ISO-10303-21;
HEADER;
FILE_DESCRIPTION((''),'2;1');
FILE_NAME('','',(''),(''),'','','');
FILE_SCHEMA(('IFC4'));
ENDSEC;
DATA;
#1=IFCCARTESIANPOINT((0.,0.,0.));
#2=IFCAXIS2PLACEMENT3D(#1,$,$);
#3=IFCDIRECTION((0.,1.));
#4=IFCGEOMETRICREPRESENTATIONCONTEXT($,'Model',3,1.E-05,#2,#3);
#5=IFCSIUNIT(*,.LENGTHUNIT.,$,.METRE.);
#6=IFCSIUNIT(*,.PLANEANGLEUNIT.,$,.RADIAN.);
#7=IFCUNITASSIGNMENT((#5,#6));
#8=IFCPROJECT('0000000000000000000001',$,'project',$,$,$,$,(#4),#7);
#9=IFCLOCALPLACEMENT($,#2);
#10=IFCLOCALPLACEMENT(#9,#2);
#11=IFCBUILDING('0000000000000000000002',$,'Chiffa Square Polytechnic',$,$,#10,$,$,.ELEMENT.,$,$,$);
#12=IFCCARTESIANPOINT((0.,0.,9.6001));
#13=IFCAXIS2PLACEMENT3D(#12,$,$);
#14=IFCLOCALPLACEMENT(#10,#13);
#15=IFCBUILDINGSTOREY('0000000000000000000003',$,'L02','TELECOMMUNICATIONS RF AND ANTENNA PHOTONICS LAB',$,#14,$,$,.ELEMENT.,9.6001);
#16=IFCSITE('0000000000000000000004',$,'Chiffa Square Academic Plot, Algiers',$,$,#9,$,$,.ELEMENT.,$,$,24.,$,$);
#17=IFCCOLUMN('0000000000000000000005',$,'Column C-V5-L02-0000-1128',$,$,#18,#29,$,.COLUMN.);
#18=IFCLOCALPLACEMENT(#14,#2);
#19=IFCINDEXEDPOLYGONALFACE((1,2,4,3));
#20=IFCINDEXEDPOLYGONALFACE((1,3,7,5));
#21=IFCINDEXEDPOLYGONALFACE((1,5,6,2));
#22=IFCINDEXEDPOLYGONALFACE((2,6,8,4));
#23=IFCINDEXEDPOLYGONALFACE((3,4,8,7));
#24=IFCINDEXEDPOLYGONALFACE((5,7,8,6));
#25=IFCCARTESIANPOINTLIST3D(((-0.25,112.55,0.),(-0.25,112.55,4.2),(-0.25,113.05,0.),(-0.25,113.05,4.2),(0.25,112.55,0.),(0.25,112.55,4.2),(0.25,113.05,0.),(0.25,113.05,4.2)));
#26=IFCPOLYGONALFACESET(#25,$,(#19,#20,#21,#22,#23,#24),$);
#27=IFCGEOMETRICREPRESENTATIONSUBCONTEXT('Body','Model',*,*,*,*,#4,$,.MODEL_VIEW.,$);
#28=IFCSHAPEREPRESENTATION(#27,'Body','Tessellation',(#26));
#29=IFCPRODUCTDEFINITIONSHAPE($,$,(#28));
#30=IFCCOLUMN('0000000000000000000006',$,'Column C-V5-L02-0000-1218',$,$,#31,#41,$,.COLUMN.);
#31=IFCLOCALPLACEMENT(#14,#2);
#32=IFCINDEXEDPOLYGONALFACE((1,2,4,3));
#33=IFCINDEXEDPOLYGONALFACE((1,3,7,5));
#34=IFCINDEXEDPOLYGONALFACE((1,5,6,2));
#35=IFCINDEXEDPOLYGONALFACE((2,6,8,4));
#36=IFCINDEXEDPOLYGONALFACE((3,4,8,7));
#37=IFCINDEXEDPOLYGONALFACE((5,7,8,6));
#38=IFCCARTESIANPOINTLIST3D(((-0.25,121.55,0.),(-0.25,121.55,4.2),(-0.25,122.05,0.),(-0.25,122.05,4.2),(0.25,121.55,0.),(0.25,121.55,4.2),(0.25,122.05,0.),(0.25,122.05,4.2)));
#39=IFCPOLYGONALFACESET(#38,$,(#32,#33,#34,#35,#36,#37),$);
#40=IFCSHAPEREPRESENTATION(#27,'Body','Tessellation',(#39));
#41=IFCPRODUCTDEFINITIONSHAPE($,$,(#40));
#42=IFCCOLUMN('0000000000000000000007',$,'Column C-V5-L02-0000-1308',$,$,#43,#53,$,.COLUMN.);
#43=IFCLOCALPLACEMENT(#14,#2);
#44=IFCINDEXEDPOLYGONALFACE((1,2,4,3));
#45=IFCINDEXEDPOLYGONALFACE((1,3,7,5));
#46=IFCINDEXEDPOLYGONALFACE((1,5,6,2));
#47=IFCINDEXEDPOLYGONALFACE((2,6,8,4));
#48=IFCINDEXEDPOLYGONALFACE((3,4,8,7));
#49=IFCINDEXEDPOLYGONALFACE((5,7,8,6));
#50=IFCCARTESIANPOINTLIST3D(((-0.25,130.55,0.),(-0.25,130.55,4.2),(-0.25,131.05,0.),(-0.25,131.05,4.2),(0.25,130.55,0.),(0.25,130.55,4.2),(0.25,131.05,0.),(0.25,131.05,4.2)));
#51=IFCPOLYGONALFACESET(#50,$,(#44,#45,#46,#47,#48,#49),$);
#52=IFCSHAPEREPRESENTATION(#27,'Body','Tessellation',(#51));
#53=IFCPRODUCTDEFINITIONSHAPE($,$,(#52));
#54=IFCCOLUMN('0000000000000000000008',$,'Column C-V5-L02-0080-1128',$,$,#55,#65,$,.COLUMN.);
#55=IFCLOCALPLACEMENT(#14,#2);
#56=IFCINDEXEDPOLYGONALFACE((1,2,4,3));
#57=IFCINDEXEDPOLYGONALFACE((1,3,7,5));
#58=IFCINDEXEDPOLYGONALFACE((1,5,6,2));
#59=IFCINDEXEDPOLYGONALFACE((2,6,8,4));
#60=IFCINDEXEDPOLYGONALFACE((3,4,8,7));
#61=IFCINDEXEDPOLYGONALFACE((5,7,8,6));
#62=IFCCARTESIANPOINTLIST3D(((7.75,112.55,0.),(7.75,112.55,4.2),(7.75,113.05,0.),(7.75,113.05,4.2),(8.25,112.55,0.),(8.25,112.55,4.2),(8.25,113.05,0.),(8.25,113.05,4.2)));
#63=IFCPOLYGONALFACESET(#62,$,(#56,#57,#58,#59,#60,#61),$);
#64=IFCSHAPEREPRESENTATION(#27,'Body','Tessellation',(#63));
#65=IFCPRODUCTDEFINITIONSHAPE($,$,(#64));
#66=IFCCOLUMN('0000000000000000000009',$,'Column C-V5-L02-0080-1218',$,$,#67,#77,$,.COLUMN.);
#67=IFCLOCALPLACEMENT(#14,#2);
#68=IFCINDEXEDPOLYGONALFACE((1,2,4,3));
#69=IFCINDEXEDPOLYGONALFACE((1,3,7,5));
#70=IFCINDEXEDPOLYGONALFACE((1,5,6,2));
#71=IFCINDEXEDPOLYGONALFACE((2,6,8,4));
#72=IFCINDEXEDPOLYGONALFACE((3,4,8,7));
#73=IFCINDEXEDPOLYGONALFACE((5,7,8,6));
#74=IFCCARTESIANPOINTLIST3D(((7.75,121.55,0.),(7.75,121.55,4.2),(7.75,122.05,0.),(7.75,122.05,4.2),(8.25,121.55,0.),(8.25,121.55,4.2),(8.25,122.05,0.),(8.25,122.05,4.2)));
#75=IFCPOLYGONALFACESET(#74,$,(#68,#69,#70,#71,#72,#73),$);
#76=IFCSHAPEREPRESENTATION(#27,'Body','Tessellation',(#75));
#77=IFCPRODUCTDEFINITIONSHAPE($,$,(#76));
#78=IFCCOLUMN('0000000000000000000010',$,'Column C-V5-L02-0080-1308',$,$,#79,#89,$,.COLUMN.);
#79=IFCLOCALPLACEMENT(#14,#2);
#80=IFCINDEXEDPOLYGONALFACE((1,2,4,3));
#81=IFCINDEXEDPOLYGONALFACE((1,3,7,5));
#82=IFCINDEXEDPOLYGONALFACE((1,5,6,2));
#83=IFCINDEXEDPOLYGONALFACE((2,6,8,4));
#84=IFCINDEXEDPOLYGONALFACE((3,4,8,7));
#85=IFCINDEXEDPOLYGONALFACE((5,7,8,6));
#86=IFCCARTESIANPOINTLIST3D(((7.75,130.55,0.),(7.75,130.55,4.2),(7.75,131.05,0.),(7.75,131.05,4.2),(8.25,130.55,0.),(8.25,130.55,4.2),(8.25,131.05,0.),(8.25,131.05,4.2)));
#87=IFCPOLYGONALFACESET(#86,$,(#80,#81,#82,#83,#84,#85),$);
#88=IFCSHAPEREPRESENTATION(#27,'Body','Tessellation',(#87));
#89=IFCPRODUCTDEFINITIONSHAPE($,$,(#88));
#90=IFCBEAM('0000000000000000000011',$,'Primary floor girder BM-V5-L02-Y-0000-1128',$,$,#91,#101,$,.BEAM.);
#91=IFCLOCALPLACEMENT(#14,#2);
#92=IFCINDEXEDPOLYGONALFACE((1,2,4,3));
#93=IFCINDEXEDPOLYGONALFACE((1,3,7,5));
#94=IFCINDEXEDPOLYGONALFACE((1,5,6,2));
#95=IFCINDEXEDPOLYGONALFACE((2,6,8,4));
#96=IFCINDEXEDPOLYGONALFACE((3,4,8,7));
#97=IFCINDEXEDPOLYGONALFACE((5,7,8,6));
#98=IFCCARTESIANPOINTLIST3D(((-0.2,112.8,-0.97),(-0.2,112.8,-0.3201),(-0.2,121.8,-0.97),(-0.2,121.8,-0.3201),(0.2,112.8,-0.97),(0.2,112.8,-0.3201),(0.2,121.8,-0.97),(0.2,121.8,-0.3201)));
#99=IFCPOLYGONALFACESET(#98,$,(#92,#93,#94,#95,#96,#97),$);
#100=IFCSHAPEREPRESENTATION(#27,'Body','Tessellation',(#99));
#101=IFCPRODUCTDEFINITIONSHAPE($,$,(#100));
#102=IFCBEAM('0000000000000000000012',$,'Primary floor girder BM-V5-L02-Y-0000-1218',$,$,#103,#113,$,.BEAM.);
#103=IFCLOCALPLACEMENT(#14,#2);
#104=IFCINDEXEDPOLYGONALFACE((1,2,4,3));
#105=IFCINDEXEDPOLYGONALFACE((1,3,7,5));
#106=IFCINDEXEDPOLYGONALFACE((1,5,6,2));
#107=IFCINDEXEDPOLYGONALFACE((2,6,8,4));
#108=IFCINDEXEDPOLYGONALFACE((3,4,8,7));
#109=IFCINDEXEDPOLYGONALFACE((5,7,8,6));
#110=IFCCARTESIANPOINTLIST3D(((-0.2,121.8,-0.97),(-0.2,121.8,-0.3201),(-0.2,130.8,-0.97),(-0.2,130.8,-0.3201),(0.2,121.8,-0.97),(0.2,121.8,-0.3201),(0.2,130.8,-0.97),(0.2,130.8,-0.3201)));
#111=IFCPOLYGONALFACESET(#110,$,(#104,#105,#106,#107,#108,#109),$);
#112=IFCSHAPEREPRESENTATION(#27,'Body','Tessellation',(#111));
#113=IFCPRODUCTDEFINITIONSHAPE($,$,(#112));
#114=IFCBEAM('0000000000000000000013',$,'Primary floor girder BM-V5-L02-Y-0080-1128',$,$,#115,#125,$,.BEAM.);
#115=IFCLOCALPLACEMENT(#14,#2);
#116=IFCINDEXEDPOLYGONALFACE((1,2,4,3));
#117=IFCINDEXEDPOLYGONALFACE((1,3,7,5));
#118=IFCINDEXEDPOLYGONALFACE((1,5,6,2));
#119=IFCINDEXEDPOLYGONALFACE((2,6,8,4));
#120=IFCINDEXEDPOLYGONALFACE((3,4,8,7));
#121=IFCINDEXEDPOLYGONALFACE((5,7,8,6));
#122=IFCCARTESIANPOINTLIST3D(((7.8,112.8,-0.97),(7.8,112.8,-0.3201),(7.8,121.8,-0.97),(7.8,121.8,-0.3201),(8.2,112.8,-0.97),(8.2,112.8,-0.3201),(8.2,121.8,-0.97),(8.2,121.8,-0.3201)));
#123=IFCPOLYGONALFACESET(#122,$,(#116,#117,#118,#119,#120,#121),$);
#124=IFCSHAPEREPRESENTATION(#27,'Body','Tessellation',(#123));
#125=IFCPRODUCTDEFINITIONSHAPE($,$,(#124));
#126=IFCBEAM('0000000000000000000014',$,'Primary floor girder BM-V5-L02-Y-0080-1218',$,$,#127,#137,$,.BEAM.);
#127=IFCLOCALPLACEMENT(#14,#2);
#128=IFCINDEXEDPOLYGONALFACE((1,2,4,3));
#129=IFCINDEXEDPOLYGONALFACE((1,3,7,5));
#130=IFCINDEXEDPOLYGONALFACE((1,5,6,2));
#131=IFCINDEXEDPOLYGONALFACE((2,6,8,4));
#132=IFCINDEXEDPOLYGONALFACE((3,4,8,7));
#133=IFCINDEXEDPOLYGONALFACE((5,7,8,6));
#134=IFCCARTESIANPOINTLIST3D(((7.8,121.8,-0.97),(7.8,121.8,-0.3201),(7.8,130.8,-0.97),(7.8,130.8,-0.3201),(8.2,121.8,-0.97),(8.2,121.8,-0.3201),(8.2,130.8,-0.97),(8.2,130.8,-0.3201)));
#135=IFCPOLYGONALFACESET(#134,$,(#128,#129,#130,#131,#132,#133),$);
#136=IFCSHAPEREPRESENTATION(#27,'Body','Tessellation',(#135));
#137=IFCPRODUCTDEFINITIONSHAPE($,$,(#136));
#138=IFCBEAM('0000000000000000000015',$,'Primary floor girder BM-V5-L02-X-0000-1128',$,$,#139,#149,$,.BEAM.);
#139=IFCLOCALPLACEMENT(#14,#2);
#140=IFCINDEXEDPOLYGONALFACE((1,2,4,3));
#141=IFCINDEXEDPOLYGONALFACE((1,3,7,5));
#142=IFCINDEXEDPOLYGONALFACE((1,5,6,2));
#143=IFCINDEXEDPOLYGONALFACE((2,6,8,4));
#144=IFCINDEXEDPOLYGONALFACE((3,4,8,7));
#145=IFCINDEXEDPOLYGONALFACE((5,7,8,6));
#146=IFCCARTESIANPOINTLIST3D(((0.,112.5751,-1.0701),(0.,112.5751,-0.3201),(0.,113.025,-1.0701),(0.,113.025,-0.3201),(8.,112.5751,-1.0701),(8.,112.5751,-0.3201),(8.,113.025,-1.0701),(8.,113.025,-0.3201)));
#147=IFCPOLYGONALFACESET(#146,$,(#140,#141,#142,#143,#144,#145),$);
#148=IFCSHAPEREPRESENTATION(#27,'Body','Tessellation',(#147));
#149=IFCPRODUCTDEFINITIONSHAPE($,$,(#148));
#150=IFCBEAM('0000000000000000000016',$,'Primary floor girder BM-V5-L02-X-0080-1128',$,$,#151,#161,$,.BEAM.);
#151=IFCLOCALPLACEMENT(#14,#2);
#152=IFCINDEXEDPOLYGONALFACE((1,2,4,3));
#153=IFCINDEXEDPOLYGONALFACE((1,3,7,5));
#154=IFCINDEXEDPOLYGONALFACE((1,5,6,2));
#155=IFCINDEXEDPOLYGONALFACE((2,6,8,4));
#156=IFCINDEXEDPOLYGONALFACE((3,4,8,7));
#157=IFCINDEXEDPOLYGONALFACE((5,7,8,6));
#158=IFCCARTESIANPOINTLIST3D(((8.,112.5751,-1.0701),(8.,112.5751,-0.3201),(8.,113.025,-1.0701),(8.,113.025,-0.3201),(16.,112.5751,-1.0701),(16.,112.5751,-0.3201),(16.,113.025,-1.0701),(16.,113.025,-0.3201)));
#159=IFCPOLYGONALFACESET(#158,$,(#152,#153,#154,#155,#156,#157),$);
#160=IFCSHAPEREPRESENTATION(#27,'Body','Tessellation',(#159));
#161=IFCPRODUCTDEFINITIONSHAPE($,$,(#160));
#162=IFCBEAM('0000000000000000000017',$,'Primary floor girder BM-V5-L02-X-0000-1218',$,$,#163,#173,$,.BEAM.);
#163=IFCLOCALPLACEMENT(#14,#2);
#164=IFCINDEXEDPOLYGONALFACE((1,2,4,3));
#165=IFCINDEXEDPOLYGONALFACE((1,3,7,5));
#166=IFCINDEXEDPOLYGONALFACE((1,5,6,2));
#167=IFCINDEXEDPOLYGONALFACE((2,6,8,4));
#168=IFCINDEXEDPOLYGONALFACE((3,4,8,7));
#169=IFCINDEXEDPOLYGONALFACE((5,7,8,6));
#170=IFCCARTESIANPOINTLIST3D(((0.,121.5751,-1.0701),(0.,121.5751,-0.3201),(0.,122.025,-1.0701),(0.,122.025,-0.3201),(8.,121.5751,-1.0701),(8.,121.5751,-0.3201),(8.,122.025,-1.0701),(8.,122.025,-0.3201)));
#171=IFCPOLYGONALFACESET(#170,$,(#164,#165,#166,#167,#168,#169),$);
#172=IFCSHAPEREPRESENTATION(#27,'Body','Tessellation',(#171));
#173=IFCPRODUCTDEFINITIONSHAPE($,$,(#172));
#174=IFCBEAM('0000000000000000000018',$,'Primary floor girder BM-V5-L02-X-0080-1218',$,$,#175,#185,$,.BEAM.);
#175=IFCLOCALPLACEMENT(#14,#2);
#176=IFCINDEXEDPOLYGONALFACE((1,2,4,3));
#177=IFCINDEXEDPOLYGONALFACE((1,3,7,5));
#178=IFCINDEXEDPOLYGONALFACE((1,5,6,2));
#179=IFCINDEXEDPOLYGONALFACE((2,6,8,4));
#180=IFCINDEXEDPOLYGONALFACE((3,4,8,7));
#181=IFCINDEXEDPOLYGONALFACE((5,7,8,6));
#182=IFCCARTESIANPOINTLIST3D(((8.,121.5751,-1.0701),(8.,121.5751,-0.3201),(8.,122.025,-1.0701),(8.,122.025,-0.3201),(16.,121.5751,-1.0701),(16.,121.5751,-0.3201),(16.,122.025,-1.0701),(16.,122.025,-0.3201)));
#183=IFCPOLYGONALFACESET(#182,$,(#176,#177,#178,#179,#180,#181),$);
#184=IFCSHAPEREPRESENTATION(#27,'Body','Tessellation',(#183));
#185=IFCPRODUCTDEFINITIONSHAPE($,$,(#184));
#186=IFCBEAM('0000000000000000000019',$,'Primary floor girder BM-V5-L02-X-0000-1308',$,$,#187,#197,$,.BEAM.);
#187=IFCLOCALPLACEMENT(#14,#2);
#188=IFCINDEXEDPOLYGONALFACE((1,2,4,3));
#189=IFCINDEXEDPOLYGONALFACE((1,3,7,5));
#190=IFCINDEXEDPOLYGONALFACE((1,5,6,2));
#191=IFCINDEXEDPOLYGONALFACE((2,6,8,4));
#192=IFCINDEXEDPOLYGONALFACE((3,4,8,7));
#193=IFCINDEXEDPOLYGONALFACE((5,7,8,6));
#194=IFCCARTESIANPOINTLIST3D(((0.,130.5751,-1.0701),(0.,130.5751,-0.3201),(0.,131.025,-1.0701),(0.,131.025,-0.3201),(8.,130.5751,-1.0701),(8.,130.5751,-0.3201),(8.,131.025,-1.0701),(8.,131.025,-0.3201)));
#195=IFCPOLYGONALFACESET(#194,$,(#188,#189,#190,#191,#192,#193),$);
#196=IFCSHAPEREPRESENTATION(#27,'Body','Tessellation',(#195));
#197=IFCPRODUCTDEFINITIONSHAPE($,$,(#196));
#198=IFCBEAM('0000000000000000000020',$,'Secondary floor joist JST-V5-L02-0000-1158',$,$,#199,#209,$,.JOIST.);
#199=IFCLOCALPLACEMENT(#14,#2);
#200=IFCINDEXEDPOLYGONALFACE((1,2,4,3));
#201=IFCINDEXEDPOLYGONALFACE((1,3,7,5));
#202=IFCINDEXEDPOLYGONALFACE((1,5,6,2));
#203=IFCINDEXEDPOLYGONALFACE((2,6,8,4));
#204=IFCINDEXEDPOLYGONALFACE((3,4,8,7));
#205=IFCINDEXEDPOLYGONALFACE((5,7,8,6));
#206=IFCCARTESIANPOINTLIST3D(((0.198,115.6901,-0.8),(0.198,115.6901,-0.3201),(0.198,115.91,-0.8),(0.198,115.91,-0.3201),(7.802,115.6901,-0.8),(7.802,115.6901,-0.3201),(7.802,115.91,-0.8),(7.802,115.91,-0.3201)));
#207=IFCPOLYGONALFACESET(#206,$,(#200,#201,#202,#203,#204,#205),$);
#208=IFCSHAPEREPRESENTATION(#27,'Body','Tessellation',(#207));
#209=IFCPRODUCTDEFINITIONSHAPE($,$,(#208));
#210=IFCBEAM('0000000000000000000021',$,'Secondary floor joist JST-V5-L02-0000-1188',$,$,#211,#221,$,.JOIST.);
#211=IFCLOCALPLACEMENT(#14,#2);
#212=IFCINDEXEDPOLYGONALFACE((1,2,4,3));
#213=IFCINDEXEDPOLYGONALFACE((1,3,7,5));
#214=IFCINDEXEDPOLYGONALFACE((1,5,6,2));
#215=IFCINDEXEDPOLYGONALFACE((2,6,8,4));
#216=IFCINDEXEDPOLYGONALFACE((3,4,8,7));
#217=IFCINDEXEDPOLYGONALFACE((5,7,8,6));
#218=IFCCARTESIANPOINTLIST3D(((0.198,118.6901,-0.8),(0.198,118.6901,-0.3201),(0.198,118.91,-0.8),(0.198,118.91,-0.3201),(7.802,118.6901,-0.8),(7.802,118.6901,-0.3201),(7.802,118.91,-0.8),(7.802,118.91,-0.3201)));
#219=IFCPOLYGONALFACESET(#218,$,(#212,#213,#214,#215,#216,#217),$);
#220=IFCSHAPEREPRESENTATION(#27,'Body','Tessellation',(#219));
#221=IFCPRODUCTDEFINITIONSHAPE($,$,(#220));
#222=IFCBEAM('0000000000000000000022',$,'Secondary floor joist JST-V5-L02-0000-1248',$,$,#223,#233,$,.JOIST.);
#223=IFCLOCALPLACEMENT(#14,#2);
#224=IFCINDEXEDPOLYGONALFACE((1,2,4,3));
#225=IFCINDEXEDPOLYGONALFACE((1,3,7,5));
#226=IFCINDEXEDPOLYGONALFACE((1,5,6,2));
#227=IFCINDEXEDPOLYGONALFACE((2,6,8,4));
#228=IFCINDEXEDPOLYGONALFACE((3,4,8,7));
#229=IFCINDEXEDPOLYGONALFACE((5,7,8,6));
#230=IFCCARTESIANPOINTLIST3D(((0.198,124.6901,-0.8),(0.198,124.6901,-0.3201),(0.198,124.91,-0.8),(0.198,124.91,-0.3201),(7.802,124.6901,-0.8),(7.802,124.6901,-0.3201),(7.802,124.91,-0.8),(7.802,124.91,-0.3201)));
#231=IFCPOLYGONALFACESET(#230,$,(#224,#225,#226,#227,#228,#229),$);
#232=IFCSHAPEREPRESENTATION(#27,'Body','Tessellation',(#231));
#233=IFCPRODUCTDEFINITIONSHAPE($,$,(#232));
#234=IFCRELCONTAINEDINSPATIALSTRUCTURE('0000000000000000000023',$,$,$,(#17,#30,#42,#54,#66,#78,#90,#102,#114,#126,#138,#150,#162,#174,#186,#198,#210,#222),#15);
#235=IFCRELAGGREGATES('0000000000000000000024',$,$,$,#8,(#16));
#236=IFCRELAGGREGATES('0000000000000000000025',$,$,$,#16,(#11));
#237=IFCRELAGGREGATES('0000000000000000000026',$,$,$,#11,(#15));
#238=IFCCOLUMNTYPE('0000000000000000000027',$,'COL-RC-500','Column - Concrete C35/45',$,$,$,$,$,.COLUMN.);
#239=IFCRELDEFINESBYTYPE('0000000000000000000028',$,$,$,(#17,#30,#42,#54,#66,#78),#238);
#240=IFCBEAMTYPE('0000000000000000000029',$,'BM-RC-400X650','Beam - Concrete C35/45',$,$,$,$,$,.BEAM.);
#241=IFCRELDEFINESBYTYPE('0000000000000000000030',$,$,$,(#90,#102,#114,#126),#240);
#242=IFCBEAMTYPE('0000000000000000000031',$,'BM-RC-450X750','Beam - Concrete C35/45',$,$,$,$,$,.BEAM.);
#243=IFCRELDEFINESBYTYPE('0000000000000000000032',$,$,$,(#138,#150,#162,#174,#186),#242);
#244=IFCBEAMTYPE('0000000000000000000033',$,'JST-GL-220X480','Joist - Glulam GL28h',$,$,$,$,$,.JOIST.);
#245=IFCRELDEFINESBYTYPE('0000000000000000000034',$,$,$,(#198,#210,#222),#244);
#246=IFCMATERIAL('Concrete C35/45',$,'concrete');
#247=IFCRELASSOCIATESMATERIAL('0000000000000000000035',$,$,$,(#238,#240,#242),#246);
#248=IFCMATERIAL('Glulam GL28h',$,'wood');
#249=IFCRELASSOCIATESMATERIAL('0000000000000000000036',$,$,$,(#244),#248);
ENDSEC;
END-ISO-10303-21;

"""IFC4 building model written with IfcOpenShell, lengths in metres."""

from ifc_helpers import new_model, si_unit, direction, frame, origin, origin_2d, place, context, subcontext, project, spatial, rectangle, extrude, material, material_profile, profile_set, type_object, element, save


model = new_model("IFC4")

# Units and contexts
model_context = context("Model", 3, precision=1e-05, world=origin(), true_north=direction((0.0, 1.0)))
body_context = subcontext(model_context, "Body", "Model", "MODEL_VIEW")
ifc_project = project(units=[si_unit("LENGTHUNIT", "METRE"), si_unit("PLANEANGLEUNIT", "RADIAN")], contexts=[model_context])

# Site, building, storey
site_placement = place(None, origin())
site = spatial("IfcSite", under=ifc_project, at=site_placement, Name="Chiffa Square Academic Plot, Algiers", CompositionType="ELEMENT", RefElevation=24.0)
building_placement = place(site_placement, origin())
building = spatial("IfcBuilding", under=site, at=building_placement, Name="Chiffa Square Polytechnic", CompositionType="ELEMENT")
storey_placement = place(building_placement, frame((0.0, 0.0, 9.6001)))
storey = spatial("IfcBuildingStorey", under=building, at=storey_placement, Name="L02", Description="TELECOMMUNICATIONS RF AND ANTENNA PHOTONICS LAB", CompositionType="ELEMENT", Elevation=9.6001)

# Columns
ifc_material_1 = material(Name="Concrete C35/45", Category="concrete")
ifc_material_profile_1 = material_profile(ifc_material_1, rectangle(XDim=0.5, YDim=0.5, at=origin_2d()), Name="RC 500x500")
ifc_profile_set_1 = profile_set([ifc_material_profile_1], Name="Concrete C35/45")
column_type = type_object("IfcColumnType", Name="COL-RC-500", Description="Column - Concrete C35/45", PredefinedType="COLUMN", material=ifc_profile_set_1)
for number, where, z_axis, x_axis, name in (
    (1, (0.0, 112.8, 0.0), (0.0, 0.0, 1.0), (1.0, 0.0, 0.0), "Column C-V5-L02-0000-1128"),
    (2, (0.0, 121.8, 0.0), (0.0, 0.0, 1.0), (1.0, 0.0, 0.0), "Column C-V5-L02-0000-1218"),
    (3, (0.0, 130.8, 0.0), (0.0, 0.0, 1.0), (1.0, 0.0, 0.0), "Column C-V5-L02-0000-1308"),
    (4, (8.0, 112.8, 0.0), (0.0, 0.0, 1.0), (1.0, 0.0, 0.0), "Column C-V5-L02-0080-1128"),
    (5, (8.0, 121.8, 0.0), (0.0, 0.0, 1.0), (1.0, 0.0, 0.0), "Column C-V5-L02-0080-1218"),
    (6, (8.0, 130.8, 0.0), (0.0, 0.0, 1.0), (1.0, 0.0, 0.0), "Column C-V5-L02-0080-1308"),
):
    element("IfcColumn", number, at=place(storey_placement, frame(where, z_axis=z_axis, x_axis=x_axis)), inside=storey, type_object=column_type, Name=name, PredefinedType="COLUMN", context=body_context, shape_type="SweptSolid", body=[
        extrude(rectangle(XDim=0.5, YDim=0.5, at=origin_2d()), origin(), (0.0, 0.0, 1.0), 4.2),
    ])

# Beams
ifc_material_profile_2 = material_profile(ifc_material_1, rectangle(XDim=0.3999, YDim=0.6499, at=origin_2d()), Name="RC 400x650")
ifc_profile_set_2 = profile_set([ifc_material_profile_2], Name="Concrete C35/45")
beam_type_1 = type_object("IfcBeamType", Name="BM-RC-400X650", Description="Beam - Concrete C35/45", PredefinedType="BEAM", material=ifc_profile_set_2)
for number, where, z_axis, x_axis, name in (
    (7, (0.0, 112.8, -0.645), (0.0, 1.0, 0.0), (-1.0, 0.0, 0.0), "Primary floor girder BM-V5-L02-Y-0000-1128"),
    (8, (0.0, 121.8, -0.645), (0.0, 1.0, 0.0), (-1.0, 0.0, 0.0), "Primary floor girder BM-V5-L02-Y-0000-1218"),
    (9, (8.0, 112.8, -0.645), (0.0, 1.0, 0.0), (-1.0, 0.0, 0.0), "Primary floor girder BM-V5-L02-Y-0080-1128"),
    (10, (8.0, 121.8, -0.645), (0.0, 1.0, 0.0), (-1.0, 0.0, 0.0), "Primary floor girder BM-V5-L02-Y-0080-1218"),
):
    element("IfcBeam", number, at=place(storey_placement, frame(where, z_axis=z_axis, x_axis=x_axis)), inside=storey, type_object=beam_type_1, Name=name, PredefinedType="BEAM", context=body_context, shape_type="SweptSolid", body=[
        extrude(rectangle(XDim=0.3999, YDim=0.6499, at=origin_2d()), origin(), (0.0, 0.0, 1.0), 9.0),
    ])
ifc_material_profile_3 = material_profile(ifc_material_1, rectangle(XDim=0.45, YDim=0.75, at=origin_2d()), Name="RC 450x750")
ifc_profile_set_3 = profile_set([ifc_material_profile_3], Name="Concrete C35/45")
beam_type_2 = type_object("IfcBeamType", Name="BM-RC-450X750", Description="Beam - Concrete C35/45", PredefinedType="BEAM", material=ifc_profile_set_3)
for number, where, z_axis, x_axis, name in (
    (11, (0.0, 112.8, -0.6951), (1.0, 0.0, 0.0), (0.0, 1.0, 0.0), "Primary floor girder BM-V5-L02-X-0000-1128"),
    (12, (8.0, 112.8, -0.6951), (1.0, 0.0, 0.0), (0.0, 1.0, 0.0), "Primary floor girder BM-V5-L02-X-0080-1128"),
    (13, (0.0, 121.8, -0.6951), (1.0, 0.0, 0.0), (0.0, 1.0, 0.0), "Primary floor girder BM-V5-L02-X-0000-1218"),
    (14, (8.0, 121.8, -0.6951), (1.0, 0.0, 0.0), (0.0, 1.0, 0.0), "Primary floor girder BM-V5-L02-X-0080-1218"),
    (15, (0.0, 130.8, -0.6951), (1.0, 0.0, 0.0), (0.0, 1.0, 0.0), "Primary floor girder BM-V5-L02-X-0000-1308"),
):
    element("IfcBeam", number, at=place(storey_placement, frame(where, z_axis=z_axis, x_axis=x_axis)), inside=storey, type_object=beam_type_2, Name=name, PredefinedType="BEAM", context=body_context, shape_type="SweptSolid", body=[
        extrude(rectangle(XDim=0.45, YDim=0.75, at=origin_2d()), origin(), (0.0, 0.0, 1.0), 8.0),
    ])
ifc_material_2 = material(Name="Glulam GL28h", Category="wood")
ifc_material_profile_4 = material_profile(ifc_material_2, rectangle(XDim=0.22, YDim=0.48, at=origin_2d()), Name="GL28h 220x480")
ifc_profile_set_4 = profile_set([ifc_material_profile_4], Name="Glulam GL28h")
beam_type_3 = type_object("IfcBeamType", Name="JST-GL-220X480", Description="Joist - Glulam GL28h", PredefinedType="JOIST", material=ifc_profile_set_4)
for number, where, z_axis, x_axis, name in (
    (16, (0.198, 115.8, -0.5601), (1.0, 0.0, 0.0), (0.0, 1.0, 0.0), "Secondary floor joist JST-V5-L02-0000-1158"),
    (17, (0.198, 118.8, -0.5601), (1.0, 0.0, 0.0), (0.0, 1.0, 0.0), "Secondary floor joist JST-V5-L02-0000-1188"),
    (18, (0.198, 124.8, -0.5601), (1.0, 0.0, 0.0), (0.0, 1.0, 0.0), "Secondary floor joist JST-V5-L02-0000-1248"),
):
    element("IfcBeam", number, at=place(storey_placement, frame(where, z_axis=z_axis, x_axis=x_axis)), inside=storey, type_object=beam_type_3, Name=name, PredefinedType="JOIST", context=body_context, shape_type="SweptSolid", body=[
        extrude(rectangle(XDim=0.22, YDim=0.48, at=origin_2d()), origin(), (0.0, 0.0, 1.0), 7.604),
    ])

save(model, "model.ifc")
